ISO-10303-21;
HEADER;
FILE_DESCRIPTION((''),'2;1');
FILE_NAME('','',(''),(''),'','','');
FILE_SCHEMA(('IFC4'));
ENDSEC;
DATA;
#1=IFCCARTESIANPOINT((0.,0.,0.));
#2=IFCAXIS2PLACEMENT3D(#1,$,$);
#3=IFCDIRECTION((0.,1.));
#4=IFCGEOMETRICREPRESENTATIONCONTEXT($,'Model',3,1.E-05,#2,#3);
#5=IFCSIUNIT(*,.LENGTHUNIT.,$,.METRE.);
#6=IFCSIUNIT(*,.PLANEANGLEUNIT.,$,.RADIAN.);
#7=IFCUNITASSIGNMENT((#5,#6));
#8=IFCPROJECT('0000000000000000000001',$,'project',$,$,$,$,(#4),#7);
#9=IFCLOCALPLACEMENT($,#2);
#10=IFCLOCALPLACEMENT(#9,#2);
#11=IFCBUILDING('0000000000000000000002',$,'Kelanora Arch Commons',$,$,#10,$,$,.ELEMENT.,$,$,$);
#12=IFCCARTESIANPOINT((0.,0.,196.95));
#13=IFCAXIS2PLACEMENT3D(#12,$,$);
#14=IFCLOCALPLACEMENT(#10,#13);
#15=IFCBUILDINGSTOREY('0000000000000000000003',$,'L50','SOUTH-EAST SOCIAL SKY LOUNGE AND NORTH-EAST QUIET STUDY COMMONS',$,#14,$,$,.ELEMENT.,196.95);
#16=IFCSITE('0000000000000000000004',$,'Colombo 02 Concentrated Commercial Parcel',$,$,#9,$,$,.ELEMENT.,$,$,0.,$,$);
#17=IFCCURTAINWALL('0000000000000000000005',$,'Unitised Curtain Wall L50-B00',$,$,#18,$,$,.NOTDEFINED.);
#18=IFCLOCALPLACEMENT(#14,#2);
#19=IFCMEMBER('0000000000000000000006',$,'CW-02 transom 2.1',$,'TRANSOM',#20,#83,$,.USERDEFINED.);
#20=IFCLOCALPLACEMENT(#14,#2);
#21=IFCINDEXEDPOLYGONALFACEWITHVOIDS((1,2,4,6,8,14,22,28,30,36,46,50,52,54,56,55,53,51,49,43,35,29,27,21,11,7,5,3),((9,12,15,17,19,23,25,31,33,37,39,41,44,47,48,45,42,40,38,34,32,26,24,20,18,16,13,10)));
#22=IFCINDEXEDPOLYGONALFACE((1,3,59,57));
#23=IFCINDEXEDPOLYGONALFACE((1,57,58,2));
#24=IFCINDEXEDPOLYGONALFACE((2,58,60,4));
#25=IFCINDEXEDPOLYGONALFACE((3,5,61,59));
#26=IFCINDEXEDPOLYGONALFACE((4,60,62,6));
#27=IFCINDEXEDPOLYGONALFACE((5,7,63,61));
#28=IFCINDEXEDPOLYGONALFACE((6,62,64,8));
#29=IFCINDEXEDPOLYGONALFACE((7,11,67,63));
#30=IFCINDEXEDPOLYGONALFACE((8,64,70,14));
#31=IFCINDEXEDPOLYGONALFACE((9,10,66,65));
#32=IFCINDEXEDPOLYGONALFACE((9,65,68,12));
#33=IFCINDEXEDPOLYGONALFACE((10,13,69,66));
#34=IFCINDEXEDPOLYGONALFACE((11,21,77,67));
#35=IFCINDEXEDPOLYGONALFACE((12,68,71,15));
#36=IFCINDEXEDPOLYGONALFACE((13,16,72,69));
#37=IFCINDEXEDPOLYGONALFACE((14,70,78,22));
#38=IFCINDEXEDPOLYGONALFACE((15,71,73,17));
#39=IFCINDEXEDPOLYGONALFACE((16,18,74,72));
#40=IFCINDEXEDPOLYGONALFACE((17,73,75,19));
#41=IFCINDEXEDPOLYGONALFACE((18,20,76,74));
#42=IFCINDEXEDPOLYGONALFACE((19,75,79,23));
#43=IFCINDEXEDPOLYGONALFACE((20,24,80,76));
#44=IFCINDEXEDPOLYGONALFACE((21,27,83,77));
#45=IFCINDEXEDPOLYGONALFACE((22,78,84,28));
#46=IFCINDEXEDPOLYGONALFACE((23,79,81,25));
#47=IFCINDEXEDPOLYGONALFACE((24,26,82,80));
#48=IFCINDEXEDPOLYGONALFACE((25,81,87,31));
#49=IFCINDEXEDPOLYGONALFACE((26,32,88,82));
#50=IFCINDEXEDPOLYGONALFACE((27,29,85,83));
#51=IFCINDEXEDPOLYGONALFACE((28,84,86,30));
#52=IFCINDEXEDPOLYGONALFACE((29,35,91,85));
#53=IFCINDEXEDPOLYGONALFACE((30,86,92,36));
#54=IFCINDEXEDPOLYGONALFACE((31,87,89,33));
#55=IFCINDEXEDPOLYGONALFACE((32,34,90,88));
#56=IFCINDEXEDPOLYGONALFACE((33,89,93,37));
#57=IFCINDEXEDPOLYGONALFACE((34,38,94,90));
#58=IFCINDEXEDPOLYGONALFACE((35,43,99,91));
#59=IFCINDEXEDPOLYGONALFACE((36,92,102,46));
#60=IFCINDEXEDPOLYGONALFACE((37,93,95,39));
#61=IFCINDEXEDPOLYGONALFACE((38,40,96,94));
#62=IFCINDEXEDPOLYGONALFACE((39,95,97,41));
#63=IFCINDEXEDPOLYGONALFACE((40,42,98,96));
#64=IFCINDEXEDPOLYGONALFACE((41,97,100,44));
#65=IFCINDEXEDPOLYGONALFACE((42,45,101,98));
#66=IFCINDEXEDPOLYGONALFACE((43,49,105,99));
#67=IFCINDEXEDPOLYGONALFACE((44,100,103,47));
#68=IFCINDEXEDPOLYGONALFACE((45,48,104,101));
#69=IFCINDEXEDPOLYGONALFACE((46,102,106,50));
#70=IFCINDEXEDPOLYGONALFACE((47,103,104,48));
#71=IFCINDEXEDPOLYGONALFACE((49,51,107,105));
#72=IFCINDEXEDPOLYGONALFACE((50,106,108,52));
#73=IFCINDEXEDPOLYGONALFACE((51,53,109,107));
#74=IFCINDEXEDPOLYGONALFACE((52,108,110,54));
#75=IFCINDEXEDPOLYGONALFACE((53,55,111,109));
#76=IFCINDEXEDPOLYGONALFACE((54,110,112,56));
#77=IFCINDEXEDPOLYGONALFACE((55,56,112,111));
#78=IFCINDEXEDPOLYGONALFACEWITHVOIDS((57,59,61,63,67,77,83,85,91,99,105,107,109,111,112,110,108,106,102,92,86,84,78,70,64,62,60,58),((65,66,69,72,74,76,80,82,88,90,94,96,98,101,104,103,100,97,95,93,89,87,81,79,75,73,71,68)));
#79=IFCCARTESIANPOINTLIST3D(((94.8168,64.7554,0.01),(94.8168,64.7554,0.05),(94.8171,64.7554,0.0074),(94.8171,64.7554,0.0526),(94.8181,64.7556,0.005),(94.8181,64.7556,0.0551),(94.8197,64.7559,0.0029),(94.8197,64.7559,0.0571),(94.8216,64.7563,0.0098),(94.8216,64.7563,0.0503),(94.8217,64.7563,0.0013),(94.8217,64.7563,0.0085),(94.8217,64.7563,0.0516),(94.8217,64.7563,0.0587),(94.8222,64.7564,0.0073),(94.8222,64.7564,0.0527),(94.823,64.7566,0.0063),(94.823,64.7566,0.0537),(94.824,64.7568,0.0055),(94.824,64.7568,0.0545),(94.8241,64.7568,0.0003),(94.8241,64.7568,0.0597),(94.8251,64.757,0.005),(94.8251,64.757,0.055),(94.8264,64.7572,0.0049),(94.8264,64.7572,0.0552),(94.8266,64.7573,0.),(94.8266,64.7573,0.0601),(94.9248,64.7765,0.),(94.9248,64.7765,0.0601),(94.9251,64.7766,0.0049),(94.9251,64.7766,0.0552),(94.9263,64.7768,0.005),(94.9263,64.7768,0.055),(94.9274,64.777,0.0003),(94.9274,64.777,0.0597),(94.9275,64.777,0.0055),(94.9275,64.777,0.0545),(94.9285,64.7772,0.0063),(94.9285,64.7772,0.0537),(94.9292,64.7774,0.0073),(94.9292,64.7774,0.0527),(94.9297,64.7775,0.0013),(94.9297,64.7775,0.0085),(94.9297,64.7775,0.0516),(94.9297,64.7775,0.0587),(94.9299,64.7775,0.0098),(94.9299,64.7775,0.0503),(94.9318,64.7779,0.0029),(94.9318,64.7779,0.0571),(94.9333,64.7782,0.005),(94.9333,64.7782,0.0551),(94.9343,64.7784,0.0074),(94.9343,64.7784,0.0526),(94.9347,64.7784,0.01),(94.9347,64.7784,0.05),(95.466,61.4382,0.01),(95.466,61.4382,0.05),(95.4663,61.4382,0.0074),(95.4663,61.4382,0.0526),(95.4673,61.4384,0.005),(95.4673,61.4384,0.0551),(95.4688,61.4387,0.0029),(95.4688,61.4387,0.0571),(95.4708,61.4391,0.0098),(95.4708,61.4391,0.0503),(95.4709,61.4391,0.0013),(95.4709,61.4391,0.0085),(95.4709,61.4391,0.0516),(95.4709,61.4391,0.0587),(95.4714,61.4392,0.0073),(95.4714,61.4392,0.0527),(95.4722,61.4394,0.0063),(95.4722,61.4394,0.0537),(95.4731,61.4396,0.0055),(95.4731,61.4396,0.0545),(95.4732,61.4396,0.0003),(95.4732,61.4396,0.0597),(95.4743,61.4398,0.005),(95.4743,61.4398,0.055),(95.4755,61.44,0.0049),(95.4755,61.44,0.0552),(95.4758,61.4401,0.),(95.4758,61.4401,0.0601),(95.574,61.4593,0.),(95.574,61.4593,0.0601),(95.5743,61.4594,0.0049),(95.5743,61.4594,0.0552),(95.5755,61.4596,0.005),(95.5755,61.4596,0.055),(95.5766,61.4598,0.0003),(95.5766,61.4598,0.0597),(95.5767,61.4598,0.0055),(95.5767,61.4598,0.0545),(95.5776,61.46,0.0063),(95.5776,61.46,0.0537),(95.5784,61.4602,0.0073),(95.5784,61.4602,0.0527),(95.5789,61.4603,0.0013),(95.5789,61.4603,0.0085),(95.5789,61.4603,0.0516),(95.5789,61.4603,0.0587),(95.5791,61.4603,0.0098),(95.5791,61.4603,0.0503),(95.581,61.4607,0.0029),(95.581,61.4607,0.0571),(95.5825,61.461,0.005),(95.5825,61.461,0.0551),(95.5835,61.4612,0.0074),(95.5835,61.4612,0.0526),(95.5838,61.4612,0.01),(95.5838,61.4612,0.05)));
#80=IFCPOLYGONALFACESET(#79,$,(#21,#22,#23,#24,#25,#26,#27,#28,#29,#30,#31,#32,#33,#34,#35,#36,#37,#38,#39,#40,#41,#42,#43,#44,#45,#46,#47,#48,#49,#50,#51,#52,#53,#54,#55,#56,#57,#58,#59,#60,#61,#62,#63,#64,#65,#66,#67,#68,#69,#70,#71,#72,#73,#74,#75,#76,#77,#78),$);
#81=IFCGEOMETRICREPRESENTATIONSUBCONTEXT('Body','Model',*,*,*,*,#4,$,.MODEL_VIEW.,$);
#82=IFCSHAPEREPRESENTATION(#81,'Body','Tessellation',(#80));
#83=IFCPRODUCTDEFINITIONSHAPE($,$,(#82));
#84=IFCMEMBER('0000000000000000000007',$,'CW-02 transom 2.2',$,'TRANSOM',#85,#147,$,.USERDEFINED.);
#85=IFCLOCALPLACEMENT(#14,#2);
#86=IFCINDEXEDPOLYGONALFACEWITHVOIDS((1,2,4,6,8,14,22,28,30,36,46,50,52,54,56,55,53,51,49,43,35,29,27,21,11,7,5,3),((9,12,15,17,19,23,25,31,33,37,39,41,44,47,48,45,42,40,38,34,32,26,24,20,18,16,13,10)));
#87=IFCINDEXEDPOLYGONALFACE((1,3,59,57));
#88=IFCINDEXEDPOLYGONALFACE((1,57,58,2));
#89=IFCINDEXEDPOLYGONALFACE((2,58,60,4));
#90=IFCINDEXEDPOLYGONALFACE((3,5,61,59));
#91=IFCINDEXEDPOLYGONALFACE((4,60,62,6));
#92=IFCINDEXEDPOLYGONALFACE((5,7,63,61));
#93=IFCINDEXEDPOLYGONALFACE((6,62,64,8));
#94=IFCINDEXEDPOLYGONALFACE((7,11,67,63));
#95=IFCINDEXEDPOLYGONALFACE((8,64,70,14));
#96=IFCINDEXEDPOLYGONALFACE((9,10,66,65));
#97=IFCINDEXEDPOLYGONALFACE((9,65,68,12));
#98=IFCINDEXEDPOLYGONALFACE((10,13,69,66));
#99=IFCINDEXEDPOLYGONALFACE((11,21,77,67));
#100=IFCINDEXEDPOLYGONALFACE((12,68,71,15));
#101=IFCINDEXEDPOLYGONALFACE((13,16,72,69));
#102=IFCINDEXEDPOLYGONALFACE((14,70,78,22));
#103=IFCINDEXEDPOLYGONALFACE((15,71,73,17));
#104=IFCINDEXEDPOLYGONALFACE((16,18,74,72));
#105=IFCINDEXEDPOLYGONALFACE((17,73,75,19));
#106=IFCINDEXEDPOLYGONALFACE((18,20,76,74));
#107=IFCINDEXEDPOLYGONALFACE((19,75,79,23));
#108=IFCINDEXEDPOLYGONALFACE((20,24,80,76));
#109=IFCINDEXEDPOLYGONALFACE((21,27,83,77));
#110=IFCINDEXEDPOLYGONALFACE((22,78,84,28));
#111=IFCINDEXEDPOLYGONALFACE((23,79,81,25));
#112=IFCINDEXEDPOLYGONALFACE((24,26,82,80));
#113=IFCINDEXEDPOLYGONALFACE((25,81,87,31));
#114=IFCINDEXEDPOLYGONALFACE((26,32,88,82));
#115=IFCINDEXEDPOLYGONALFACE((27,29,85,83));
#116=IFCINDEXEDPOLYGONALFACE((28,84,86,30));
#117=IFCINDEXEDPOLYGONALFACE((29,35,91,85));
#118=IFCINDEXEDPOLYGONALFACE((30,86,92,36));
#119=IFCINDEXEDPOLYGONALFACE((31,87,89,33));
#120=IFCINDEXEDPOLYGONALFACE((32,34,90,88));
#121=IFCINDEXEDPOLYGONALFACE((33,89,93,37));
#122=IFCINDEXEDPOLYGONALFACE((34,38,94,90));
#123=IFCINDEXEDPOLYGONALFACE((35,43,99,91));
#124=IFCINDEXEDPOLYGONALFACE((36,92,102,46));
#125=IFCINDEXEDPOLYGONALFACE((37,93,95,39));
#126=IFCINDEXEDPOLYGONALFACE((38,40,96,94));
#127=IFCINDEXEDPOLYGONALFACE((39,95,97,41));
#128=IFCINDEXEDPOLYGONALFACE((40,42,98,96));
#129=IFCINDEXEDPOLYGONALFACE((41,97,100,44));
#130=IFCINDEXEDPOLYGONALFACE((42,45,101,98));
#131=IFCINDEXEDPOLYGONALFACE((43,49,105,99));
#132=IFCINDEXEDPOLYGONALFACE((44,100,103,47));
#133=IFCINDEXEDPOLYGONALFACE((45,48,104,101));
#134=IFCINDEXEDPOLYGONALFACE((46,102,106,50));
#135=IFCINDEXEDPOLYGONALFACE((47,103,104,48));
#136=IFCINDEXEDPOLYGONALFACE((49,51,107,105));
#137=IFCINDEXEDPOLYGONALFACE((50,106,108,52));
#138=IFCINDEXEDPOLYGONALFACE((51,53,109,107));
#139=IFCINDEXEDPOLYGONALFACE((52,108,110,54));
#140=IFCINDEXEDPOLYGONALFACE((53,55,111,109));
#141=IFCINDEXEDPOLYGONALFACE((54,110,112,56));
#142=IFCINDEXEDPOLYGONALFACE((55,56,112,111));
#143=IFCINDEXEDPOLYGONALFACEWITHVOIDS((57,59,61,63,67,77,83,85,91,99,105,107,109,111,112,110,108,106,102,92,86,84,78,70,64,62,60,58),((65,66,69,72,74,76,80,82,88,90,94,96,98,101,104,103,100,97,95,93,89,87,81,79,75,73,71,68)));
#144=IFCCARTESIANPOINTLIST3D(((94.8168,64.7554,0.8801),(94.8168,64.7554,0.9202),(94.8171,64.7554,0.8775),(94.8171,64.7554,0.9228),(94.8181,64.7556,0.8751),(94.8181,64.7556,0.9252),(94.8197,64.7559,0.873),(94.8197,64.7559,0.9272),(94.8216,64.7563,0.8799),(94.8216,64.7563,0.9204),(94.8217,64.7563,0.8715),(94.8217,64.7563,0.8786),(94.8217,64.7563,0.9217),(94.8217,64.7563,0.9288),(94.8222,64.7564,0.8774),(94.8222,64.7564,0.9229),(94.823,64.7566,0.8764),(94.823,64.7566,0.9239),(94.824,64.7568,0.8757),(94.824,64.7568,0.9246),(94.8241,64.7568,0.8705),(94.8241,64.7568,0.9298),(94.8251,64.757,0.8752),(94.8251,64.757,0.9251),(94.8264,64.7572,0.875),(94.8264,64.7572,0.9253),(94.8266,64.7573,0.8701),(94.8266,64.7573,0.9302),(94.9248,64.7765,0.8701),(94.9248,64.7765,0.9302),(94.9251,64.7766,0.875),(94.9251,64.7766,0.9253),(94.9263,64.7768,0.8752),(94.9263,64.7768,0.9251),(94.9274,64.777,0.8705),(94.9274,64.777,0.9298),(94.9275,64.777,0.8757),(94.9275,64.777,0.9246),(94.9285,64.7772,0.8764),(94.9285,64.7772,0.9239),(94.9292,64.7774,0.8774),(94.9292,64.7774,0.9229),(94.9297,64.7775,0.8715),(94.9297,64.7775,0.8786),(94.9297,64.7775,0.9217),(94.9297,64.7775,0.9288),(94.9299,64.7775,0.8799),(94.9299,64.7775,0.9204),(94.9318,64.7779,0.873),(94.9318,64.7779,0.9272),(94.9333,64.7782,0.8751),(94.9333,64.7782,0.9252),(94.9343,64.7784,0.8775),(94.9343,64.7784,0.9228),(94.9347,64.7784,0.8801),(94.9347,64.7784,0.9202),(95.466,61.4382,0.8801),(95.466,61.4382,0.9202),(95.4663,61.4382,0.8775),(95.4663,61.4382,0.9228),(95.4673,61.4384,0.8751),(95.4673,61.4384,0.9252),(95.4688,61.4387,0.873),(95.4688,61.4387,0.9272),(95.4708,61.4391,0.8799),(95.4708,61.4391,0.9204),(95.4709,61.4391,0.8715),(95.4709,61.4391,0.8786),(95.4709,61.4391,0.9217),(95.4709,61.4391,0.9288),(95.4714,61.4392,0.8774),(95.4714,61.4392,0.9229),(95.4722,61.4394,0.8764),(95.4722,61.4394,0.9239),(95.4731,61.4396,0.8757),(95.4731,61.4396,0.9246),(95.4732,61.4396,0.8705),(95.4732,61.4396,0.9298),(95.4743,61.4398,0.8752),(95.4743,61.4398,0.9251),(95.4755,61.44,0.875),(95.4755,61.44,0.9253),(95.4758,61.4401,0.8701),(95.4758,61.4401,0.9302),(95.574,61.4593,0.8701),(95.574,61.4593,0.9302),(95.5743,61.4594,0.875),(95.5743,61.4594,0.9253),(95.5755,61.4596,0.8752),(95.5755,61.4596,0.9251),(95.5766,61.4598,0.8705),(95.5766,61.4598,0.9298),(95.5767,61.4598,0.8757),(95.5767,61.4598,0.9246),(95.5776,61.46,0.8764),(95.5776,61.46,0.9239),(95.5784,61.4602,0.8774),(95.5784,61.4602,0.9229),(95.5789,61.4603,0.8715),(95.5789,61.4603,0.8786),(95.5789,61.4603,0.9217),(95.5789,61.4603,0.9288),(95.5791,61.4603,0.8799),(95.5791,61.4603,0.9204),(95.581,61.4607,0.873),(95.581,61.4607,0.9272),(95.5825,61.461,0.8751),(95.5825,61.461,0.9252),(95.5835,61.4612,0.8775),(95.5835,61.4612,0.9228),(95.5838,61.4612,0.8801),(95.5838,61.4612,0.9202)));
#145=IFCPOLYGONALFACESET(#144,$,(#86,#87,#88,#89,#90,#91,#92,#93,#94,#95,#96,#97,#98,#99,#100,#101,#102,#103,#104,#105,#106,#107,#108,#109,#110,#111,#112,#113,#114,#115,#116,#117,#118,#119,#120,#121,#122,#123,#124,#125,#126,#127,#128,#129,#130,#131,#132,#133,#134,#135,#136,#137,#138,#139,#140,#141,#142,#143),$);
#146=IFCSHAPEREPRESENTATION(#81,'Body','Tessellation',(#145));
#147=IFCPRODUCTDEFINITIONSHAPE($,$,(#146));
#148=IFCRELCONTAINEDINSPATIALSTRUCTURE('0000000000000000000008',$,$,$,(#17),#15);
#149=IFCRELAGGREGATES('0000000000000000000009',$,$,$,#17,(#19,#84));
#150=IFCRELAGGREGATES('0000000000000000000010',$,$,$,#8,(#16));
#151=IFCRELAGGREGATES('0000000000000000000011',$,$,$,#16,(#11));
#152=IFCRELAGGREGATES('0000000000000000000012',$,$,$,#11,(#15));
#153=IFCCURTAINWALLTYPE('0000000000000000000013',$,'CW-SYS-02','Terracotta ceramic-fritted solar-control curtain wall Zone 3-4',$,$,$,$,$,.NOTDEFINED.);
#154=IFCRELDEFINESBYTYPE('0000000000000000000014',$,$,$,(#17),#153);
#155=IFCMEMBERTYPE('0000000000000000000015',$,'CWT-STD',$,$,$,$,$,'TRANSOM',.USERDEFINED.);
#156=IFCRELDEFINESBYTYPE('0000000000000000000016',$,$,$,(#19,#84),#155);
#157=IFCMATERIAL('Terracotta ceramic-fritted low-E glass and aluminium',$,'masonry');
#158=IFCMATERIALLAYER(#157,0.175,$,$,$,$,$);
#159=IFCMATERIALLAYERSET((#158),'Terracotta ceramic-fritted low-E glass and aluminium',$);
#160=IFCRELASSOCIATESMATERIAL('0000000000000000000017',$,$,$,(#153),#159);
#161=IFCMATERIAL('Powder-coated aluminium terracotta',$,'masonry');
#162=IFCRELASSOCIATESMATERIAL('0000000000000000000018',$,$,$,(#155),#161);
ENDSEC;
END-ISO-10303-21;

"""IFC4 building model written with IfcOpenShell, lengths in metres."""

from ifc_helpers import new_model, si_unit, direction, frame, origin, origin_2d, place, context, subcontext, project, spatial, hollow_rectangle, extrude, material, layer, layer_set, material_profile, profile_set, type_object, element, aggregate, save


model = new_model("IFC4")

# Units and contexts
model_context = context("Model", 3, precision=1e-05, world=origin(), true_north=direction((0.0, 1.0)))
body_context = subcontext(model_context, "Body", "Model", "MODEL_VIEW")
ifc_project = project(units=[si_unit("LENGTHUNIT", "METRE"), si_unit("PLANEANGLEUNIT", "RADIAN")], contexts=[model_context])

# Site, building, storey
site_placement = place(None, origin())
site = spatial("IfcSite", under=ifc_project, at=site_placement, Name="Colombo 02 Concentrated Commercial Parcel", CompositionType="ELEMENT", RefElevation=0.0)
building_placement = place(site_placement, origin())
building = spatial("IfcBuilding", under=site, at=building_placement, Name="Kelanora Arch Commons", CompositionType="ELEMENT")
storey_placement = place(building_placement, frame((0.0, 0.0, 196.95)))
storey = spatial("IfcBuildingStorey", under=building, at=storey_placement, Name="L50", Description="SOUTH-EAST SOCIAL SKY LOUNGE AND NORTH-EAST QUIET STUDY COMMONS", CompositionType="ELEMENT", Elevation=196.95)

# Curtain wall, members
ifc_material_1 = material(Name="Terracotta ceramic-fritted low-E glass and aluminium", Category="masonry")
ifc_layer_1 = layer(ifc_material_1, 0.175)
ifc_layer_set_1 = layer_set([ifc_layer_1], Name="Terracotta ceramic-fritted low-E glass and aluminium")
curtain_wall_type = type_object("IfcCurtainWallType", Name="CW-SYS-02", Description="Terracotta ceramic-fritted solar-control curtain wall Zone 3-4", PredefinedType="NOTDEFINED", material=ifc_layer_set_1)
curtain_wall_placement = place(storey_placement, origin())
curtain_wall = element("IfcCurtainWall", 1, at=curtain_wall_placement, inside=storey, type_object=curtain_wall_type, Name="Unitised Curtain Wall L50-B00", PredefinedType="NOTDEFINED")
ifc_material_2 = material(Name="Powder-coated aluminium terracotta", Category="masonry")
ifc_material_profile_1 = material_profile(ifc_material_2, hollow_rectangle(XDim=0.1201, YDim=0.0601, WallThickness=0.0049, InnerFilletRadius=0.0049, OuterFilletRadius=0.01, at=origin_2d()), Name="CWT120x60")
ifc_profile_set_1 = profile_set([ifc_material_profile_1], Name="Powder-coated aluminium terracotta")
member_type_1 = type_object("IfcMemberType", Name="CWT-STD", ElementType="TRANSOM", PredefinedType="USERDEFINED", material=ifc_profile_set_1)
member_1_placement = place(storey_placement, frame((95.5249, 61.4497, 0.03), z_axis=(-0.192058, 0.981383, 0.0), x_axis=(-0.981383, -0.192058, 0.0)))
member_1 = element("IfcMember", 2, at=member_1_placement, type_object=member_type_1, Name="CW-02 transom 2.1", ObjectType="TRANSOM", PredefinedType="USERDEFINED", context=body_context, shape_type="SweptSolid", body=[
    extrude(hollow_rectangle(XDim=0.1201, YDim=0.0601, WallThickness=0.0049, InnerFilletRadius=0.0049, OuterFilletRadius=0.01, at=origin_2d()), origin(), (0.0, 0.0, 1.0), 3.3801),
])
member_2_placement = place(storey_placement, frame((95.5249, 61.4497, 0.9001), z_axis=(-0.192058, 0.981383, 0.0), x_axis=(-0.981383, -0.192058, 0.0)))
member_2 = element("IfcMember", 3, at=member_2_placement, type_object=member_type_1, Name="CW-02 transom 2.2", ObjectType="TRANSOM", PredefinedType="USERDEFINED", context=body_context, shape_type="SweptSolid", body=[
    extrude(hollow_rectangle(XDim=0.1201, YDim=0.0601, WallThickness=0.0049, InnerFilletRadius=0.0049, OuterFilletRadius=0.01, at=origin_2d()), origin(), (0.0, 0.0, 1.0), 3.3801),
])
aggregate(curtain_wall, [member_1, member_2])

save(model, "model.ifc")
